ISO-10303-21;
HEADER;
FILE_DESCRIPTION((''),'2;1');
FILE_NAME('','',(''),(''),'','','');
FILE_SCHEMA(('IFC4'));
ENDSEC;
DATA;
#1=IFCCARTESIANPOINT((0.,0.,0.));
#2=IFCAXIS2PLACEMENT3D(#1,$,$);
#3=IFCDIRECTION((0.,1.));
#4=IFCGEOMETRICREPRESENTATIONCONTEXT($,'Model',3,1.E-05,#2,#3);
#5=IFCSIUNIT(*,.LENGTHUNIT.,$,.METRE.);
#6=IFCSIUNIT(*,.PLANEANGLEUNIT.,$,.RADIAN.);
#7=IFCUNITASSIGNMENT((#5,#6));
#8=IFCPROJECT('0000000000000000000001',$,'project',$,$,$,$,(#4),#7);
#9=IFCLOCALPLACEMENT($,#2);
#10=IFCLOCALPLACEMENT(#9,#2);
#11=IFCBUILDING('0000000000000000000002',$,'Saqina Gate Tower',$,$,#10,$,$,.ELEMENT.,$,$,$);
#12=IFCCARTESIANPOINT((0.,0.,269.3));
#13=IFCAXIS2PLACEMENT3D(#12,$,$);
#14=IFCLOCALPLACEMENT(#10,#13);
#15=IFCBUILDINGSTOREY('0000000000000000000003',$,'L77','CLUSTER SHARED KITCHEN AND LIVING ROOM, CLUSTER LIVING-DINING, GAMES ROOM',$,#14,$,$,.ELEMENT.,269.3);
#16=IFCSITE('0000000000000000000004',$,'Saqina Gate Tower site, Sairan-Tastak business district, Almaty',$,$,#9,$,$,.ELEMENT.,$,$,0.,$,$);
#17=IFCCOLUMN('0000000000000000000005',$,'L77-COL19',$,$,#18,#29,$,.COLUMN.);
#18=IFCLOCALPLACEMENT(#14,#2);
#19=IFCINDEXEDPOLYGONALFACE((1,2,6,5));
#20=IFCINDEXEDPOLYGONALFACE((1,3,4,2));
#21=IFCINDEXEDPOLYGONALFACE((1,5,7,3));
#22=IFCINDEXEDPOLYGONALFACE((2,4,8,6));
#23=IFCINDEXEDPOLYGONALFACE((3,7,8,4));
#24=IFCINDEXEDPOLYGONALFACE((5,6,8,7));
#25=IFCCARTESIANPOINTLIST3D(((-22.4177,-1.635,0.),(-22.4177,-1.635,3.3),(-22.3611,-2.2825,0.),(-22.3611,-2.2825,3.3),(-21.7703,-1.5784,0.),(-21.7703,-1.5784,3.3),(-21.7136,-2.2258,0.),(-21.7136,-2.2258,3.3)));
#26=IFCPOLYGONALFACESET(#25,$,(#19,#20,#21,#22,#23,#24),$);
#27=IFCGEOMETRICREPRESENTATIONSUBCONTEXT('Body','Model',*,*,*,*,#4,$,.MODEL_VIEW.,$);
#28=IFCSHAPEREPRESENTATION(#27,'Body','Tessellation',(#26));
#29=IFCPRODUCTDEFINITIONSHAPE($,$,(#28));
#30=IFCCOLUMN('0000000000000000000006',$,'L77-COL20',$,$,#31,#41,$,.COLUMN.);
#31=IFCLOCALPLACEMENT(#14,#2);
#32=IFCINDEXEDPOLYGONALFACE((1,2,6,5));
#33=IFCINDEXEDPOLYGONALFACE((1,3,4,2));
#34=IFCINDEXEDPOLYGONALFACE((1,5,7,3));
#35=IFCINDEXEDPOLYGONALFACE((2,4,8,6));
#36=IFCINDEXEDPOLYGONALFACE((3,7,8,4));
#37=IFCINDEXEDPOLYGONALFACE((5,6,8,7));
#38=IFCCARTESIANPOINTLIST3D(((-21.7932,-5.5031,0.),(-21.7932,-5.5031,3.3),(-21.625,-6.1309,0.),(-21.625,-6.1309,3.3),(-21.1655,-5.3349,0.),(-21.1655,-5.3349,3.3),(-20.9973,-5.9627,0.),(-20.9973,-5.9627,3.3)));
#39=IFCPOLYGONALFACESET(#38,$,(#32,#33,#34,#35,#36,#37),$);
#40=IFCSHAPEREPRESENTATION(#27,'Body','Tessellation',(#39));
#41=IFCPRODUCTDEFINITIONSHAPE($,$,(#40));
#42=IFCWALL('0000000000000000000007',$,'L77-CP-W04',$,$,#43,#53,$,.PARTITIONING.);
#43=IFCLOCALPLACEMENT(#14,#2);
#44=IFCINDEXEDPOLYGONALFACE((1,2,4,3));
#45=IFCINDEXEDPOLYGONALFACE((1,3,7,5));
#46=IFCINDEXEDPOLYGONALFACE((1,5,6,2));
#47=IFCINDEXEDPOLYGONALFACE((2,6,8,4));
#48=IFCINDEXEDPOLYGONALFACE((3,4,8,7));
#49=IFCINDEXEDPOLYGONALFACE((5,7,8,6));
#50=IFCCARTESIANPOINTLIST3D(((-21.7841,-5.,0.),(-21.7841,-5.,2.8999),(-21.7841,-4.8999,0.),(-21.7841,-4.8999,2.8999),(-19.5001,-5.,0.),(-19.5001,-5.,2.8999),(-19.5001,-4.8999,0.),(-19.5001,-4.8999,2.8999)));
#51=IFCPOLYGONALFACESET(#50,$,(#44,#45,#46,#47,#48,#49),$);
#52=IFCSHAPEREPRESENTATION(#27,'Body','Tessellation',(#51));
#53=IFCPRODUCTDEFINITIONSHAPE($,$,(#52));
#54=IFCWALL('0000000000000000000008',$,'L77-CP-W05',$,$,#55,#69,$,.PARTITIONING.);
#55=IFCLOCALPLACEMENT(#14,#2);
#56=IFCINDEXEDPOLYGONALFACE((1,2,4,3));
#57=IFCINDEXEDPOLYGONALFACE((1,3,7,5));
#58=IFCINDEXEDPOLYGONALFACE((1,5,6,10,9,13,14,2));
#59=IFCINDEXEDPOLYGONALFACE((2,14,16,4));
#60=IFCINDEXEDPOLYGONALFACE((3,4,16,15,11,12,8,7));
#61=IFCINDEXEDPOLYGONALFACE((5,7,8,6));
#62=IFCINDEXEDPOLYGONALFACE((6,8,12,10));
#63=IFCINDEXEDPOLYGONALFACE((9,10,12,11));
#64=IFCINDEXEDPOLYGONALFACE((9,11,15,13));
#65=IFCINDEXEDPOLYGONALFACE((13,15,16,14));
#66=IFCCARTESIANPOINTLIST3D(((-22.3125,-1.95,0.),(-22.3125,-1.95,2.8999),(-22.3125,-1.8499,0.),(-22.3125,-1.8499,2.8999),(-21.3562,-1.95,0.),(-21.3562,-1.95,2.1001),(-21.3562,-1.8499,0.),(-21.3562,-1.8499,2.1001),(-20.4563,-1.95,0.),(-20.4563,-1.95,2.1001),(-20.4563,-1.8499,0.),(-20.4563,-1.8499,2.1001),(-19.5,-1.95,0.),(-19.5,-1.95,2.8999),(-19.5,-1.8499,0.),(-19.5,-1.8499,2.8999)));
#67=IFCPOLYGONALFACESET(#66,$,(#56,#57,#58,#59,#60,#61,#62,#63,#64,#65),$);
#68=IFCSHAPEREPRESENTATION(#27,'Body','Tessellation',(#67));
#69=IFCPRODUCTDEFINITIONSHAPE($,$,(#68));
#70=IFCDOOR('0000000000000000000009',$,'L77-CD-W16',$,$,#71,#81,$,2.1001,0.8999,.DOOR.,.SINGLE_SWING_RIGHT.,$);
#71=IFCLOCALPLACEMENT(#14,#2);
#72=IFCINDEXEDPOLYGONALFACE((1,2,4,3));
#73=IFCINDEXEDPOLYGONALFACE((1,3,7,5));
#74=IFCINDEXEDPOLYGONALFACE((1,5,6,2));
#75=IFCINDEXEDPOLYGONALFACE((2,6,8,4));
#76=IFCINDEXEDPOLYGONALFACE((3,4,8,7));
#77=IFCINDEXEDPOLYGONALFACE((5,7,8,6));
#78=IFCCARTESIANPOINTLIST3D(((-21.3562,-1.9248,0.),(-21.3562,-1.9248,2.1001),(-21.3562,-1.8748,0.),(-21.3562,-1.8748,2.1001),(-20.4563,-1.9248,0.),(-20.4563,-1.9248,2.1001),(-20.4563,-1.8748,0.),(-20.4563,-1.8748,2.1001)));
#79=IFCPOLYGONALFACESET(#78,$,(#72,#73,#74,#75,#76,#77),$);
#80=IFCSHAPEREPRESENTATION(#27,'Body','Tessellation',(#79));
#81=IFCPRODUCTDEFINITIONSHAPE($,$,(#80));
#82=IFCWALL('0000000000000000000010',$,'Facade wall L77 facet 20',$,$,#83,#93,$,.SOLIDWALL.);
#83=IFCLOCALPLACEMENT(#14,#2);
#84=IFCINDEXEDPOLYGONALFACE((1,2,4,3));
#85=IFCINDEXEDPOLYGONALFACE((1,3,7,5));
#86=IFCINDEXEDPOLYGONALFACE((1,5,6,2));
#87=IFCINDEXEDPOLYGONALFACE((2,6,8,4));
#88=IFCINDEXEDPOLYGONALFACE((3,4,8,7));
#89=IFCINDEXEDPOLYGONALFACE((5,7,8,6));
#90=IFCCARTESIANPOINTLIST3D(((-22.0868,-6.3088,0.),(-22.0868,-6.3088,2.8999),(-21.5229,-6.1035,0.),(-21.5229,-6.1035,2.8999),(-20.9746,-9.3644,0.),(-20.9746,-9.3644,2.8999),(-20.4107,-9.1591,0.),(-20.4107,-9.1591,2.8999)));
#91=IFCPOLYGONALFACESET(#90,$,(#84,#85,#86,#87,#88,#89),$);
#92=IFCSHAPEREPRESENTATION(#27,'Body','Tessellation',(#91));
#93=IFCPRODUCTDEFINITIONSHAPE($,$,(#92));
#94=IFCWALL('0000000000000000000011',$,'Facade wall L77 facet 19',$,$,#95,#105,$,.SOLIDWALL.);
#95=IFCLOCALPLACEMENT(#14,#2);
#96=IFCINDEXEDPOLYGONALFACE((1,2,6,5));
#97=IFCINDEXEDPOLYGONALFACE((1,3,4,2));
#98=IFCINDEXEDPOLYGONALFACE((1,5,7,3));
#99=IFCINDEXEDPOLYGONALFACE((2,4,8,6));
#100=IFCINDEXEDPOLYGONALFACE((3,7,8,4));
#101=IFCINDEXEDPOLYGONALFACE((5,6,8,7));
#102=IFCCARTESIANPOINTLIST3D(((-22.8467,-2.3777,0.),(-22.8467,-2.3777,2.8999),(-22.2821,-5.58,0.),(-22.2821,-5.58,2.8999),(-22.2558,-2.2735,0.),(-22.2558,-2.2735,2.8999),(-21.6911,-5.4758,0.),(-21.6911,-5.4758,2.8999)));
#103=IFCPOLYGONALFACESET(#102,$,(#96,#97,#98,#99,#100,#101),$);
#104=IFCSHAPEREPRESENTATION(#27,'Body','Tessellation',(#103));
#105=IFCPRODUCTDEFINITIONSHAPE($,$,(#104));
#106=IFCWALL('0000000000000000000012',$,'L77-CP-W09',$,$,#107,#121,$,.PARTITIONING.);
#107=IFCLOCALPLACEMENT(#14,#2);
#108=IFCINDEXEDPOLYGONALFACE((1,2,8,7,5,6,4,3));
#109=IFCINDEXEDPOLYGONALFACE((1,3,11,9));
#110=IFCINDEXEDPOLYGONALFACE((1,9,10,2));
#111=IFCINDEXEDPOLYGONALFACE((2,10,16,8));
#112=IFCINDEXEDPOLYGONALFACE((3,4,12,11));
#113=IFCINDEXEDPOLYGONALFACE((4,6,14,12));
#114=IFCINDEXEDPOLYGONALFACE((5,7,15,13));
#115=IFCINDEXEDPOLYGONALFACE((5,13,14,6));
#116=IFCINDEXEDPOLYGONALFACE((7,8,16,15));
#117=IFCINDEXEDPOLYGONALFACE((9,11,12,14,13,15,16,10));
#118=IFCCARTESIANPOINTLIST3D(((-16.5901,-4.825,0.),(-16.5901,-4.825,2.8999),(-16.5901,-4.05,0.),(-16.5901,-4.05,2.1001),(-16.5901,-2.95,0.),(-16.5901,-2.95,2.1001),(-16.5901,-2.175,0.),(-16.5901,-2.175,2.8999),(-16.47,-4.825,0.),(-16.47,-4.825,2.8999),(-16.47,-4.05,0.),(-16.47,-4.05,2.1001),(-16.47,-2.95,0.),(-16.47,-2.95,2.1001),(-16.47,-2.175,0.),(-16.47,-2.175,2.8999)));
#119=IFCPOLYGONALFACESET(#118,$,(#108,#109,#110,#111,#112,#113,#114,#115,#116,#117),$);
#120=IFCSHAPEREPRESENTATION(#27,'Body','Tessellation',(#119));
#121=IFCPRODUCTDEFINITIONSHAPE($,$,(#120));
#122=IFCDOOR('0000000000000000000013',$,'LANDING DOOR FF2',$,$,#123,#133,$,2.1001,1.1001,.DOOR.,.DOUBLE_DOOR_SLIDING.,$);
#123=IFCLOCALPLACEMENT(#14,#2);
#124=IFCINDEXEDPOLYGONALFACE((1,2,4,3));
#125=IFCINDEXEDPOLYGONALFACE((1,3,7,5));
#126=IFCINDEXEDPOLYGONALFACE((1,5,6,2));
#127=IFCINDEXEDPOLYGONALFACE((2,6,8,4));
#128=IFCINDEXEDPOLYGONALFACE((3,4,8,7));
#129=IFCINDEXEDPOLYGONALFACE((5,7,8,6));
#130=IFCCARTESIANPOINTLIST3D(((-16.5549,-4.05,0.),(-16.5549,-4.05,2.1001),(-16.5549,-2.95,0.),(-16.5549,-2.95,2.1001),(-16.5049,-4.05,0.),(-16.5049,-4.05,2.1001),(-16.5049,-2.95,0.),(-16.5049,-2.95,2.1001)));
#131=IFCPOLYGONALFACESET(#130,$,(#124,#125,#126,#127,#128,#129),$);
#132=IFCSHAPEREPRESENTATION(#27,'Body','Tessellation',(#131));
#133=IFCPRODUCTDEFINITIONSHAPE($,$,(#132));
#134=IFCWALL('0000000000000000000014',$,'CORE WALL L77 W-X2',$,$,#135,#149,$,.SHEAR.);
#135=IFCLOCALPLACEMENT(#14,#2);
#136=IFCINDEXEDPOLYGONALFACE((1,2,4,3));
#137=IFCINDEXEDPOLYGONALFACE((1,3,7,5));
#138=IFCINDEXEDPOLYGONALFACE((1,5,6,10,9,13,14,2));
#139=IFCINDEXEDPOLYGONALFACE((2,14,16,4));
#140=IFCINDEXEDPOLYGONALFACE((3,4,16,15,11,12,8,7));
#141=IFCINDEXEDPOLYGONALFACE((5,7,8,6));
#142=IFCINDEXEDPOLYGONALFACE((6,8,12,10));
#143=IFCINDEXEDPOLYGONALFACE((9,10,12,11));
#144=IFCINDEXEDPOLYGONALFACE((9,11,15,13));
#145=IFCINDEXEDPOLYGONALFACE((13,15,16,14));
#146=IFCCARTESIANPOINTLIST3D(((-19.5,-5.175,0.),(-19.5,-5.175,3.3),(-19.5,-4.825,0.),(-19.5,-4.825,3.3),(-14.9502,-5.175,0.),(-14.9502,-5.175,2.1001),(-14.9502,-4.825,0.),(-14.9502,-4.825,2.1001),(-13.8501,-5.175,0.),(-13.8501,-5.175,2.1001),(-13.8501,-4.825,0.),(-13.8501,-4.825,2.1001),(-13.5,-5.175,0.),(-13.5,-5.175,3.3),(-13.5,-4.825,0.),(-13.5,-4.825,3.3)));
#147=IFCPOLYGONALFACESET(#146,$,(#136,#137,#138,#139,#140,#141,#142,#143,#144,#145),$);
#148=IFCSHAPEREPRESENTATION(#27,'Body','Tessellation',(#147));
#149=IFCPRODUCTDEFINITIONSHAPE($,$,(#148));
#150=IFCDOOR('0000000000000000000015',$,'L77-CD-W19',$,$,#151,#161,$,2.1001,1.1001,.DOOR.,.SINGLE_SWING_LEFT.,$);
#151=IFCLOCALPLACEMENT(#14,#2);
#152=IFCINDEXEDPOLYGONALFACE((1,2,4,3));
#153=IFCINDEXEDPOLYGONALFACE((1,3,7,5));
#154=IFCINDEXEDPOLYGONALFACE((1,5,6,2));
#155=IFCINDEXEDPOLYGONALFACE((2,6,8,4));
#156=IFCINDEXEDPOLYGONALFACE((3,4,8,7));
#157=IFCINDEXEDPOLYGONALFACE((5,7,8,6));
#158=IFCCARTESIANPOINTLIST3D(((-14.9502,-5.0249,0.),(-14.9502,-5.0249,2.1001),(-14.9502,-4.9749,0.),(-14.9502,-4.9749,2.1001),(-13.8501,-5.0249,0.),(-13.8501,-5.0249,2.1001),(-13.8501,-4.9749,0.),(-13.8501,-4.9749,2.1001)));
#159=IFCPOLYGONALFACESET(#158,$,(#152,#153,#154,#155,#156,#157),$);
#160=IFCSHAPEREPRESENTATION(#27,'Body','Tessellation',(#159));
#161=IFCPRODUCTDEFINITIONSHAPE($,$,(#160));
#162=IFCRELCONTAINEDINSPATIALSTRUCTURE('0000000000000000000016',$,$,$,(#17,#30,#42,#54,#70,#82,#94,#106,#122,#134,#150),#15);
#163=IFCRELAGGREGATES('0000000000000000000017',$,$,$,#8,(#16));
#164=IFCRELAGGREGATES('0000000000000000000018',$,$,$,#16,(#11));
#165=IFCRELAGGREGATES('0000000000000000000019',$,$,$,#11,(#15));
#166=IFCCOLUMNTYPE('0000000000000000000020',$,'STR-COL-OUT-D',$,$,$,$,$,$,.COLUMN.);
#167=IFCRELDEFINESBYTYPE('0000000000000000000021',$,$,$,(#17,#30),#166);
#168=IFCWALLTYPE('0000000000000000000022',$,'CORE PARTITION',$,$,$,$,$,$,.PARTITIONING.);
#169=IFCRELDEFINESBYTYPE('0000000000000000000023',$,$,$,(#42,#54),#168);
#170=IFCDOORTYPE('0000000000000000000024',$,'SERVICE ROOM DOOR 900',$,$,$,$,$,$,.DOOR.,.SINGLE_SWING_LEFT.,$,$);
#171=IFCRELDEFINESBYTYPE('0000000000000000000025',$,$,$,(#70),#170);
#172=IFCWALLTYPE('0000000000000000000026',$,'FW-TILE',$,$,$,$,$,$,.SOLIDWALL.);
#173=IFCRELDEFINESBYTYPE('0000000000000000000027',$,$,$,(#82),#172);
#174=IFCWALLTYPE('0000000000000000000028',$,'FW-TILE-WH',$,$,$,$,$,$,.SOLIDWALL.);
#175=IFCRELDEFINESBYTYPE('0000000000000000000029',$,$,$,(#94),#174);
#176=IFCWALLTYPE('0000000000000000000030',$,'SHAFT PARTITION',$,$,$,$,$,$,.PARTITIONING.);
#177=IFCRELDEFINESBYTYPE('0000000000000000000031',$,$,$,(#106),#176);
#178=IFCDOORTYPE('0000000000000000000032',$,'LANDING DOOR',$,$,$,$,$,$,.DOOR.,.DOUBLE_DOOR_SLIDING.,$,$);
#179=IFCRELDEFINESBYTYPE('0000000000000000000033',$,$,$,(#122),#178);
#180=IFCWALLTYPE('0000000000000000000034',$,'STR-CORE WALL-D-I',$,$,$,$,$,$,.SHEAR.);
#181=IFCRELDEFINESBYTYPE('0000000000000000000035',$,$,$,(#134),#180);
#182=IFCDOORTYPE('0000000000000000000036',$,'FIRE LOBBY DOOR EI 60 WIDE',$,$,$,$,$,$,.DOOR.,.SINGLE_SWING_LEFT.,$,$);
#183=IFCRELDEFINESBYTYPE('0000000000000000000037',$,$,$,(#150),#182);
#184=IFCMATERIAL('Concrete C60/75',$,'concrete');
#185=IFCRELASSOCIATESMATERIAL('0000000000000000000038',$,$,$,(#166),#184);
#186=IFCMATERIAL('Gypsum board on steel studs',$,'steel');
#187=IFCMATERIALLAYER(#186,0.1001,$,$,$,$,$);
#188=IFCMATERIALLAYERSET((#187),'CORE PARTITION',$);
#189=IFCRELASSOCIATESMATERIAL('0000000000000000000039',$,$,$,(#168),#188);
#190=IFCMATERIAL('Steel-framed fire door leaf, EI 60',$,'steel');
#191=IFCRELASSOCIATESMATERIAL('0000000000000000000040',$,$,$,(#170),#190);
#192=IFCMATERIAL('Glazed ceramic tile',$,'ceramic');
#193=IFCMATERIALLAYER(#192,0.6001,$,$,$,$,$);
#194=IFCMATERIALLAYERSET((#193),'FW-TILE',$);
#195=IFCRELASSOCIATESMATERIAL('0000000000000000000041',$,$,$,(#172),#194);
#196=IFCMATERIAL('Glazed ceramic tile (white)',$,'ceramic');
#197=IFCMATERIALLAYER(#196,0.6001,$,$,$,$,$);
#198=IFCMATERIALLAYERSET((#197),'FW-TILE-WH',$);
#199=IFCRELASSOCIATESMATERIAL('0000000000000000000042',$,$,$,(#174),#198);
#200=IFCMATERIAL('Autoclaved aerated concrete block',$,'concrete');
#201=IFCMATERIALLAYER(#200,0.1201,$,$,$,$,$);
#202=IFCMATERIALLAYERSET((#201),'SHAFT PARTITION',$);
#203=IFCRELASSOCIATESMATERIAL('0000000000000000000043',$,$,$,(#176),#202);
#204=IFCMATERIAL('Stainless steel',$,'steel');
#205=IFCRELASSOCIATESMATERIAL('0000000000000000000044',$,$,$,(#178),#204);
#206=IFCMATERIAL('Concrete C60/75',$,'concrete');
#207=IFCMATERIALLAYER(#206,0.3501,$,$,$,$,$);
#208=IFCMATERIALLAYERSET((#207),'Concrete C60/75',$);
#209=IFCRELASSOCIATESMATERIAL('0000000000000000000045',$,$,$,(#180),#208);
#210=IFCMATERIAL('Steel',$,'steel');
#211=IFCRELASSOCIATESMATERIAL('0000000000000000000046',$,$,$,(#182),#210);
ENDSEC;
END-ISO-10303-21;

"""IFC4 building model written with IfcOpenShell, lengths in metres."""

from ifc_helpers import new_model, si_unit, direction, frame, frame_2d, origin, origin_2d, place, context, subcontext, project, spatial, rectangle, extrude, material, layer, layer_set, material_profile, profile_set, type_object, element, fill, save


model = new_model("IFC4")

# Units and contexts
model_context = context("Model", 3, precision=1e-05, world=origin(), true_north=direction((0.0, 1.0)))
body_context = subcontext(model_context, "Body", "Model", "MODEL_VIEW")
ifc_project = project(units=[si_unit("LENGTHUNIT", "METRE"), si_unit("PLANEANGLEUNIT", "RADIAN")], contexts=[model_context])

# Site, building, storey
site_placement = place(None, origin())
site = spatial("IfcSite", under=ifc_project, at=site_placement, Name="Saqina Gate Tower site, Sairan-Tastak business district, Almaty", CompositionType="ELEMENT", RefElevation=0.0)
building_placement = place(site_placement, origin())
building = spatial("IfcBuilding", under=site, at=building_placement, Name="Saqina Gate Tower", CompositionType="ELEMENT")
storey_placement = place(building_placement, frame((0.0, 0.0, 269.3)))
storey = spatial("IfcBuildingStorey", under=building, at=storey_placement, Name="L77", Description="CLUSTER SHARED KITCHEN AND LIVING ROOM, CLUSTER LIVING-DINING, GAMES ROOM", CompositionType="ELEMENT", Elevation=269.3)

# Columns
ifc_material_1 = material(Name="Concrete C60/75", Category="concrete")
ifc_material_profile = material_profile(ifc_material_1, rectangle(XDim=0.6499, YDim=0.6499, at=origin_2d()), Name="RC 650x650")
ifc_profile_set = profile_set([ifc_material_profile], Name="Concrete C60/75")
column_type = type_object("IfcColumnType", Name="STR-COL-OUT-D", PredefinedType="COLUMN", material=ifc_profile_set)
for number, where, z_axis, x_axis, name in (
    (1, (-22.0657, -1.9304, 0.0), (0.0, 0.0, 1.0), (-0.996195, -0.087156, 0.0), "L77-COL19"),
    (2, (-21.3953, -5.7329, 0.0), (0.0, 0.0, 1.0), (-0.965926, -0.258819, 0.0), "L77-COL20"),
):
    element("IfcColumn", number, at=place(storey_placement, frame(where, z_axis=z_axis, x_axis=x_axis)), inside=storey, type_object=column_type, Name=name, PredefinedType="COLUMN", context=body_context, shape_type="SweptSolid", body=[
        extrude(rectangle(XDim=0.6499, YDim=0.6499, at=origin_2d()), origin(), (0.0, 0.0, 1.0), 3.3),
    ])

# Wall
ifc_material_2 = material(Name="Gypsum board on steel studs", Category="steel")
ifc_layer_1 = layer(ifc_material_2, 0.1001)
ifc_layer_set_1 = layer_set([ifc_layer_1], Name="CORE PARTITION")
wall_type_1 = type_object("IfcWallType", Name="CORE PARTITION", PredefinedType="PARTITIONING", material=ifc_layer_set_1)
wall_1_placement = place(storey_placement, frame((-19.5, -4.95, 0.0), z_axis=(0.0, 0.0, 1.0), x_axis=(-1.0, 0.0, 0.0)))
element("IfcWall", 3, at=wall_1_placement, inside=storey, type_object=wall_type_1, Name="L77-CP-W04", PredefinedType="PARTITIONING", context=body_context, shape_type="SweptSolid", body=[
    extrude(rectangle(XDim=2.2839, YDim=0.1001, at=frame_2d((1.1421, 0.0))), origin(), (0.0, 0.0, 1.0), 2.8999),
])

# Wall, opening, door
wall_2_placement = place(storey_placement, frame((-19.5, -1.8999, 0.0), z_axis=(0.0, 0.0, 1.0), x_axis=(-1.0, 0.0, 0.0)))
wall_2 = element("IfcWall", 4, at=wall_2_placement, inside=storey, type_object=wall_type_1, Name="L77-CP-W05", PredefinedType="PARTITIONING", context=body_context, shape_type="SweptSolid", body=[
    extrude(rectangle(XDim=2.8125, YDim=0.1001, at=frame_2d((1.4062, 0.0))), origin(), (0.0, 0.0, 1.0), 2.8999),
])
opening_1_placement = place(wall_2_placement, frame((0.9563, 0.0, 0.0)))
opening_1 = element("IfcOpeningElement", 5, at=opening_1_placement, cuts=wall_2, PredefinedType="OPENING", context=body_context, shape_type="SweptSolid", body=[
    extrude(rectangle(XDim=0.8999, YDim=2.1001, at=frame_2d((0.45, 1.05))), frame((0.0, 0.062, 0.0), z_axis=(0.0, -1.0, 0.0), x_axis=(1.0, 0.0, 0.0)), (0.0, 0.0, 1.0), 0.124),
])
ifc_material_3 = material(Name="Steel-framed fire door leaf, EI 60", Category="steel")
door_type_1 = type_object("IfcDoorType", Name="SERVICE ROOM DOOR 900", OperationType="SINGLE_SWING_LEFT", PredefinedType="DOOR", material=ifc_material_3)
door_1_placement = place(opening_1_placement, origin())
door_1 = element("IfcDoor", 6, at=door_1_placement, inside=storey, type_object=door_type_1, Name="L77-CD-W16", OperationType="SINGLE_SWING_RIGHT", OverallHeight=2.1001, OverallWidth=0.8999, PredefinedType="DOOR", context=body_context, shape_type="SweptSolid", body=[
    extrude(rectangle(XDim=0.8999, YDim=2.1001, at=frame_2d((0.45, 1.05))), frame((0.0, 0.0249, 0.0), z_axis=(0.0, -1.0, 0.0), x_axis=(1.0, 0.0, 0.0)), (0.0, 0.0, 1.0), 0.05),
])
fill(opening_1, door_1)

# Walls
ifc_material_4 = material(Name="Glazed ceramic tile", Category="ceramic")
ifc_layer_2 = layer(ifc_material_4, 0.6001)
ifc_layer_set_2 = layer_set([ifc_layer_2], Name="FW-TILE")
wall_type_2 = type_object("IfcWallType", Name="FW-TILE", PredefinedType="SOLIDWALL", material=ifc_layer_set_2)
wall_3_placement = place(storey_placement, frame((-21.8049, -6.2061, 0.0), z_axis=(0.0, 0.0, 1.0), x_axis=(0.342057, -0.939679, 0.0)))
element("IfcWall", 7, at=wall_3_placement, inside=storey, type_object=wall_type_2, Name="Facade wall L77 facet 20", PredefinedType="SOLIDWALL", context=body_context, shape_type="SweptSolid", body=[
    extrude(rectangle(XDim=3.2517, YDim=0.6001, at=frame_2d((1.626, 0.0))), origin(), (0.0, 0.0, 1.0), 2.8999),
])
ifc_material_5 = material(Name="Glazed ceramic tile (white)", Category="ceramic")
ifc_layer_3 = layer(ifc_material_5, 0.6001)
ifc_layer_set_3 = layer_set([ifc_layer_3], Name="FW-TILE-WH")
wall_type_3 = type_object("IfcWallType", Name="FW-TILE-WH", PredefinedType="SOLIDWALL", material=ifc_layer_set_3)
wall_4_placement = place(storey_placement, frame((-22.5513, -2.3254, 0.0), z_axis=(0.0, 0.0, 1.0), x_axis=(0.173657, -0.984806, 0.0)))
element("IfcWall", 8, at=wall_4_placement, inside=storey, type_object=wall_type_3, Name="Facade wall L77 facet 19", PredefinedType="SOLIDWALL", context=body_context, shape_type="SweptSolid", body=[
    extrude(rectangle(XDim=3.2517, YDim=0.6001, at=frame_2d((1.626, 0.0))), origin(), (0.0, 0.0, 1.0), 2.8999),
])

# Walls, openings, doors
ifc_material_6 = material(Name="Autoclaved aerated concrete block", Category="concrete")
ifc_layer_4 = layer(ifc_material_6, 0.1201)
ifc_layer_set_4 = layer_set([ifc_layer_4], Name="SHAFT PARTITION")
wall_type_4 = type_object("IfcWallType", Name="SHAFT PARTITION", PredefinedType="PARTITIONING", material=ifc_layer_set_4)
wall_5_placement = place(storey_placement, frame((-16.53, -4.825, 0.0), z_axis=(0.0, 0.0, 1.0), x_axis=(0.0, 1.0, 0.0)))
wall_5 = element("IfcWall", 9, at=wall_5_placement, inside=storey, type_object=wall_type_4, Name="L77-CP-W09", PredefinedType="PARTITIONING", context=body_context, shape_type="SweptSolid", body=[
    extrude(rectangle(XDim=2.6499, YDim=0.1201, at=frame_2d((1.325, 0.0))), origin(), (0.0, 0.0, 1.0), 2.8999),
])
opening_2_placement = place(wall_5_placement, frame((0.7749, 0.0, 0.0)))
opening_2 = element("IfcOpeningElement", 10, at=opening_2_placement, cuts=wall_5, PredefinedType="OPENING", context=body_context, shape_type="SweptSolid", body=[
    extrude(rectangle(XDim=1.1001, YDim=2.1001, at=frame_2d((0.55, 1.05))), frame((0.0, 0.072, 0.0), z_axis=(0.0, -1.0, 0.0), x_axis=(1.0, 0.0, 0.0)), (0.0, 0.0, 1.0), 0.144),
])
ifc_material_7 = material(Name="Stainless steel", Category="steel")
door_type_2 = type_object("IfcDoorType", Name="LANDING DOOR", OperationType="DOUBLE_DOOR_SLIDING", PredefinedType="DOOR", material=ifc_material_7)
door_2_placement = place(opening_2_placement, origin())
door_2 = element("IfcDoor", 11, at=door_2_placement, inside=storey, type_object=door_type_2, Name="LANDING DOOR FF2", OperationType="DOUBLE_DOOR_SLIDING", OverallHeight=2.1001, OverallWidth=1.1001, PredefinedType="DOOR", context=body_context, shape_type="SweptSolid", body=[
    extrude(rectangle(XDim=1.1001, YDim=2.1001, at=frame_2d((0.55, 1.05))), frame((0.0, 0.0249, 0.0), z_axis=(0.0, -1.0, 0.0), x_axis=(1.0, 0.0, 0.0)), (0.0, 0.0, 1.0), 0.05),
])
fill(opening_2, door_2)
ifc_material_8 = material(Name="Concrete C60/75", Category="concrete")
ifc_layer_5 = layer(ifc_material_8, 0.3501)
ifc_layer_set_5 = layer_set([ifc_layer_5], Name="Concrete C60/75")
wall_type_5 = type_object("IfcWallType", Name="STR-CORE WALL-D-I", PredefinedType="SHEAR", material=ifc_layer_set_5)
wall_6_placement = place(storey_placement, frame((-13.5, -5.0, 0.0), z_axis=(0.0, 0.0, 1.0), x_axis=(-1.0, 0.0, 0.0)))
wall_6 = element("IfcWall", 12, at=wall_6_placement, inside=storey, type_object=wall_type_5, Name="CORE WALL L77 W-X2", PredefinedType="SHEAR", context=body_context, shape_type="SweptSolid", body=[
    extrude(rectangle(XDim=6.0, YDim=0.3501, at=frame_2d((3.0, 0.0))), origin(), (0.0, 0.0, 1.0), 3.3),
])
opening_3_placement = place(wall_6_placement, frame((0.3501, 0.0, 0.0)))
opening_3 = element("IfcOpeningElement", 13, at=opening_3_placement, cuts=wall_6, PredefinedType="OPENING", context=body_context, shape_type="SweptSolid", body=[
    extrude(rectangle(XDim=1.1001, YDim=2.1001, at=frame_2d((0.55, 1.05))), frame((0.0, 0.187, 0.0), z_axis=(0.0, -1.0, 0.0), x_axis=(1.0, 0.0, 0.0)), (0.0, 0.0, 1.0), 0.374),
])
ifc_material_9 = material(Name="Steel", Category="steel")
door_type_3 = type_object("IfcDoorType", Name="FIRE LOBBY DOOR EI 60 WIDE", OperationType="SINGLE_SWING_LEFT", PredefinedType="DOOR", material=ifc_material_9)
door_3_placement = place(opening_3_placement, origin())
door_3 = element("IfcDoor", 14, at=door_3_placement, inside=storey, type_object=door_type_3, Name="L77-CD-W19", OperationType="SINGLE_SWING_LEFT", OverallHeight=2.1001, OverallWidth=1.1001, PredefinedType="DOOR", context=body_context, shape_type="SweptSolid", body=[
    extrude(rectangle(XDim=1.1001, YDim=2.1001, at=frame_2d((0.55, 1.05))), frame((0.0, 0.0249, 0.0), z_axis=(0.0, -1.0, 0.0), x_axis=(1.0, 0.0, 0.0)), (0.0, 0.0, 1.0), 0.05),
])
fill(opening_3, door_3)

save(model, "model.ifc")
